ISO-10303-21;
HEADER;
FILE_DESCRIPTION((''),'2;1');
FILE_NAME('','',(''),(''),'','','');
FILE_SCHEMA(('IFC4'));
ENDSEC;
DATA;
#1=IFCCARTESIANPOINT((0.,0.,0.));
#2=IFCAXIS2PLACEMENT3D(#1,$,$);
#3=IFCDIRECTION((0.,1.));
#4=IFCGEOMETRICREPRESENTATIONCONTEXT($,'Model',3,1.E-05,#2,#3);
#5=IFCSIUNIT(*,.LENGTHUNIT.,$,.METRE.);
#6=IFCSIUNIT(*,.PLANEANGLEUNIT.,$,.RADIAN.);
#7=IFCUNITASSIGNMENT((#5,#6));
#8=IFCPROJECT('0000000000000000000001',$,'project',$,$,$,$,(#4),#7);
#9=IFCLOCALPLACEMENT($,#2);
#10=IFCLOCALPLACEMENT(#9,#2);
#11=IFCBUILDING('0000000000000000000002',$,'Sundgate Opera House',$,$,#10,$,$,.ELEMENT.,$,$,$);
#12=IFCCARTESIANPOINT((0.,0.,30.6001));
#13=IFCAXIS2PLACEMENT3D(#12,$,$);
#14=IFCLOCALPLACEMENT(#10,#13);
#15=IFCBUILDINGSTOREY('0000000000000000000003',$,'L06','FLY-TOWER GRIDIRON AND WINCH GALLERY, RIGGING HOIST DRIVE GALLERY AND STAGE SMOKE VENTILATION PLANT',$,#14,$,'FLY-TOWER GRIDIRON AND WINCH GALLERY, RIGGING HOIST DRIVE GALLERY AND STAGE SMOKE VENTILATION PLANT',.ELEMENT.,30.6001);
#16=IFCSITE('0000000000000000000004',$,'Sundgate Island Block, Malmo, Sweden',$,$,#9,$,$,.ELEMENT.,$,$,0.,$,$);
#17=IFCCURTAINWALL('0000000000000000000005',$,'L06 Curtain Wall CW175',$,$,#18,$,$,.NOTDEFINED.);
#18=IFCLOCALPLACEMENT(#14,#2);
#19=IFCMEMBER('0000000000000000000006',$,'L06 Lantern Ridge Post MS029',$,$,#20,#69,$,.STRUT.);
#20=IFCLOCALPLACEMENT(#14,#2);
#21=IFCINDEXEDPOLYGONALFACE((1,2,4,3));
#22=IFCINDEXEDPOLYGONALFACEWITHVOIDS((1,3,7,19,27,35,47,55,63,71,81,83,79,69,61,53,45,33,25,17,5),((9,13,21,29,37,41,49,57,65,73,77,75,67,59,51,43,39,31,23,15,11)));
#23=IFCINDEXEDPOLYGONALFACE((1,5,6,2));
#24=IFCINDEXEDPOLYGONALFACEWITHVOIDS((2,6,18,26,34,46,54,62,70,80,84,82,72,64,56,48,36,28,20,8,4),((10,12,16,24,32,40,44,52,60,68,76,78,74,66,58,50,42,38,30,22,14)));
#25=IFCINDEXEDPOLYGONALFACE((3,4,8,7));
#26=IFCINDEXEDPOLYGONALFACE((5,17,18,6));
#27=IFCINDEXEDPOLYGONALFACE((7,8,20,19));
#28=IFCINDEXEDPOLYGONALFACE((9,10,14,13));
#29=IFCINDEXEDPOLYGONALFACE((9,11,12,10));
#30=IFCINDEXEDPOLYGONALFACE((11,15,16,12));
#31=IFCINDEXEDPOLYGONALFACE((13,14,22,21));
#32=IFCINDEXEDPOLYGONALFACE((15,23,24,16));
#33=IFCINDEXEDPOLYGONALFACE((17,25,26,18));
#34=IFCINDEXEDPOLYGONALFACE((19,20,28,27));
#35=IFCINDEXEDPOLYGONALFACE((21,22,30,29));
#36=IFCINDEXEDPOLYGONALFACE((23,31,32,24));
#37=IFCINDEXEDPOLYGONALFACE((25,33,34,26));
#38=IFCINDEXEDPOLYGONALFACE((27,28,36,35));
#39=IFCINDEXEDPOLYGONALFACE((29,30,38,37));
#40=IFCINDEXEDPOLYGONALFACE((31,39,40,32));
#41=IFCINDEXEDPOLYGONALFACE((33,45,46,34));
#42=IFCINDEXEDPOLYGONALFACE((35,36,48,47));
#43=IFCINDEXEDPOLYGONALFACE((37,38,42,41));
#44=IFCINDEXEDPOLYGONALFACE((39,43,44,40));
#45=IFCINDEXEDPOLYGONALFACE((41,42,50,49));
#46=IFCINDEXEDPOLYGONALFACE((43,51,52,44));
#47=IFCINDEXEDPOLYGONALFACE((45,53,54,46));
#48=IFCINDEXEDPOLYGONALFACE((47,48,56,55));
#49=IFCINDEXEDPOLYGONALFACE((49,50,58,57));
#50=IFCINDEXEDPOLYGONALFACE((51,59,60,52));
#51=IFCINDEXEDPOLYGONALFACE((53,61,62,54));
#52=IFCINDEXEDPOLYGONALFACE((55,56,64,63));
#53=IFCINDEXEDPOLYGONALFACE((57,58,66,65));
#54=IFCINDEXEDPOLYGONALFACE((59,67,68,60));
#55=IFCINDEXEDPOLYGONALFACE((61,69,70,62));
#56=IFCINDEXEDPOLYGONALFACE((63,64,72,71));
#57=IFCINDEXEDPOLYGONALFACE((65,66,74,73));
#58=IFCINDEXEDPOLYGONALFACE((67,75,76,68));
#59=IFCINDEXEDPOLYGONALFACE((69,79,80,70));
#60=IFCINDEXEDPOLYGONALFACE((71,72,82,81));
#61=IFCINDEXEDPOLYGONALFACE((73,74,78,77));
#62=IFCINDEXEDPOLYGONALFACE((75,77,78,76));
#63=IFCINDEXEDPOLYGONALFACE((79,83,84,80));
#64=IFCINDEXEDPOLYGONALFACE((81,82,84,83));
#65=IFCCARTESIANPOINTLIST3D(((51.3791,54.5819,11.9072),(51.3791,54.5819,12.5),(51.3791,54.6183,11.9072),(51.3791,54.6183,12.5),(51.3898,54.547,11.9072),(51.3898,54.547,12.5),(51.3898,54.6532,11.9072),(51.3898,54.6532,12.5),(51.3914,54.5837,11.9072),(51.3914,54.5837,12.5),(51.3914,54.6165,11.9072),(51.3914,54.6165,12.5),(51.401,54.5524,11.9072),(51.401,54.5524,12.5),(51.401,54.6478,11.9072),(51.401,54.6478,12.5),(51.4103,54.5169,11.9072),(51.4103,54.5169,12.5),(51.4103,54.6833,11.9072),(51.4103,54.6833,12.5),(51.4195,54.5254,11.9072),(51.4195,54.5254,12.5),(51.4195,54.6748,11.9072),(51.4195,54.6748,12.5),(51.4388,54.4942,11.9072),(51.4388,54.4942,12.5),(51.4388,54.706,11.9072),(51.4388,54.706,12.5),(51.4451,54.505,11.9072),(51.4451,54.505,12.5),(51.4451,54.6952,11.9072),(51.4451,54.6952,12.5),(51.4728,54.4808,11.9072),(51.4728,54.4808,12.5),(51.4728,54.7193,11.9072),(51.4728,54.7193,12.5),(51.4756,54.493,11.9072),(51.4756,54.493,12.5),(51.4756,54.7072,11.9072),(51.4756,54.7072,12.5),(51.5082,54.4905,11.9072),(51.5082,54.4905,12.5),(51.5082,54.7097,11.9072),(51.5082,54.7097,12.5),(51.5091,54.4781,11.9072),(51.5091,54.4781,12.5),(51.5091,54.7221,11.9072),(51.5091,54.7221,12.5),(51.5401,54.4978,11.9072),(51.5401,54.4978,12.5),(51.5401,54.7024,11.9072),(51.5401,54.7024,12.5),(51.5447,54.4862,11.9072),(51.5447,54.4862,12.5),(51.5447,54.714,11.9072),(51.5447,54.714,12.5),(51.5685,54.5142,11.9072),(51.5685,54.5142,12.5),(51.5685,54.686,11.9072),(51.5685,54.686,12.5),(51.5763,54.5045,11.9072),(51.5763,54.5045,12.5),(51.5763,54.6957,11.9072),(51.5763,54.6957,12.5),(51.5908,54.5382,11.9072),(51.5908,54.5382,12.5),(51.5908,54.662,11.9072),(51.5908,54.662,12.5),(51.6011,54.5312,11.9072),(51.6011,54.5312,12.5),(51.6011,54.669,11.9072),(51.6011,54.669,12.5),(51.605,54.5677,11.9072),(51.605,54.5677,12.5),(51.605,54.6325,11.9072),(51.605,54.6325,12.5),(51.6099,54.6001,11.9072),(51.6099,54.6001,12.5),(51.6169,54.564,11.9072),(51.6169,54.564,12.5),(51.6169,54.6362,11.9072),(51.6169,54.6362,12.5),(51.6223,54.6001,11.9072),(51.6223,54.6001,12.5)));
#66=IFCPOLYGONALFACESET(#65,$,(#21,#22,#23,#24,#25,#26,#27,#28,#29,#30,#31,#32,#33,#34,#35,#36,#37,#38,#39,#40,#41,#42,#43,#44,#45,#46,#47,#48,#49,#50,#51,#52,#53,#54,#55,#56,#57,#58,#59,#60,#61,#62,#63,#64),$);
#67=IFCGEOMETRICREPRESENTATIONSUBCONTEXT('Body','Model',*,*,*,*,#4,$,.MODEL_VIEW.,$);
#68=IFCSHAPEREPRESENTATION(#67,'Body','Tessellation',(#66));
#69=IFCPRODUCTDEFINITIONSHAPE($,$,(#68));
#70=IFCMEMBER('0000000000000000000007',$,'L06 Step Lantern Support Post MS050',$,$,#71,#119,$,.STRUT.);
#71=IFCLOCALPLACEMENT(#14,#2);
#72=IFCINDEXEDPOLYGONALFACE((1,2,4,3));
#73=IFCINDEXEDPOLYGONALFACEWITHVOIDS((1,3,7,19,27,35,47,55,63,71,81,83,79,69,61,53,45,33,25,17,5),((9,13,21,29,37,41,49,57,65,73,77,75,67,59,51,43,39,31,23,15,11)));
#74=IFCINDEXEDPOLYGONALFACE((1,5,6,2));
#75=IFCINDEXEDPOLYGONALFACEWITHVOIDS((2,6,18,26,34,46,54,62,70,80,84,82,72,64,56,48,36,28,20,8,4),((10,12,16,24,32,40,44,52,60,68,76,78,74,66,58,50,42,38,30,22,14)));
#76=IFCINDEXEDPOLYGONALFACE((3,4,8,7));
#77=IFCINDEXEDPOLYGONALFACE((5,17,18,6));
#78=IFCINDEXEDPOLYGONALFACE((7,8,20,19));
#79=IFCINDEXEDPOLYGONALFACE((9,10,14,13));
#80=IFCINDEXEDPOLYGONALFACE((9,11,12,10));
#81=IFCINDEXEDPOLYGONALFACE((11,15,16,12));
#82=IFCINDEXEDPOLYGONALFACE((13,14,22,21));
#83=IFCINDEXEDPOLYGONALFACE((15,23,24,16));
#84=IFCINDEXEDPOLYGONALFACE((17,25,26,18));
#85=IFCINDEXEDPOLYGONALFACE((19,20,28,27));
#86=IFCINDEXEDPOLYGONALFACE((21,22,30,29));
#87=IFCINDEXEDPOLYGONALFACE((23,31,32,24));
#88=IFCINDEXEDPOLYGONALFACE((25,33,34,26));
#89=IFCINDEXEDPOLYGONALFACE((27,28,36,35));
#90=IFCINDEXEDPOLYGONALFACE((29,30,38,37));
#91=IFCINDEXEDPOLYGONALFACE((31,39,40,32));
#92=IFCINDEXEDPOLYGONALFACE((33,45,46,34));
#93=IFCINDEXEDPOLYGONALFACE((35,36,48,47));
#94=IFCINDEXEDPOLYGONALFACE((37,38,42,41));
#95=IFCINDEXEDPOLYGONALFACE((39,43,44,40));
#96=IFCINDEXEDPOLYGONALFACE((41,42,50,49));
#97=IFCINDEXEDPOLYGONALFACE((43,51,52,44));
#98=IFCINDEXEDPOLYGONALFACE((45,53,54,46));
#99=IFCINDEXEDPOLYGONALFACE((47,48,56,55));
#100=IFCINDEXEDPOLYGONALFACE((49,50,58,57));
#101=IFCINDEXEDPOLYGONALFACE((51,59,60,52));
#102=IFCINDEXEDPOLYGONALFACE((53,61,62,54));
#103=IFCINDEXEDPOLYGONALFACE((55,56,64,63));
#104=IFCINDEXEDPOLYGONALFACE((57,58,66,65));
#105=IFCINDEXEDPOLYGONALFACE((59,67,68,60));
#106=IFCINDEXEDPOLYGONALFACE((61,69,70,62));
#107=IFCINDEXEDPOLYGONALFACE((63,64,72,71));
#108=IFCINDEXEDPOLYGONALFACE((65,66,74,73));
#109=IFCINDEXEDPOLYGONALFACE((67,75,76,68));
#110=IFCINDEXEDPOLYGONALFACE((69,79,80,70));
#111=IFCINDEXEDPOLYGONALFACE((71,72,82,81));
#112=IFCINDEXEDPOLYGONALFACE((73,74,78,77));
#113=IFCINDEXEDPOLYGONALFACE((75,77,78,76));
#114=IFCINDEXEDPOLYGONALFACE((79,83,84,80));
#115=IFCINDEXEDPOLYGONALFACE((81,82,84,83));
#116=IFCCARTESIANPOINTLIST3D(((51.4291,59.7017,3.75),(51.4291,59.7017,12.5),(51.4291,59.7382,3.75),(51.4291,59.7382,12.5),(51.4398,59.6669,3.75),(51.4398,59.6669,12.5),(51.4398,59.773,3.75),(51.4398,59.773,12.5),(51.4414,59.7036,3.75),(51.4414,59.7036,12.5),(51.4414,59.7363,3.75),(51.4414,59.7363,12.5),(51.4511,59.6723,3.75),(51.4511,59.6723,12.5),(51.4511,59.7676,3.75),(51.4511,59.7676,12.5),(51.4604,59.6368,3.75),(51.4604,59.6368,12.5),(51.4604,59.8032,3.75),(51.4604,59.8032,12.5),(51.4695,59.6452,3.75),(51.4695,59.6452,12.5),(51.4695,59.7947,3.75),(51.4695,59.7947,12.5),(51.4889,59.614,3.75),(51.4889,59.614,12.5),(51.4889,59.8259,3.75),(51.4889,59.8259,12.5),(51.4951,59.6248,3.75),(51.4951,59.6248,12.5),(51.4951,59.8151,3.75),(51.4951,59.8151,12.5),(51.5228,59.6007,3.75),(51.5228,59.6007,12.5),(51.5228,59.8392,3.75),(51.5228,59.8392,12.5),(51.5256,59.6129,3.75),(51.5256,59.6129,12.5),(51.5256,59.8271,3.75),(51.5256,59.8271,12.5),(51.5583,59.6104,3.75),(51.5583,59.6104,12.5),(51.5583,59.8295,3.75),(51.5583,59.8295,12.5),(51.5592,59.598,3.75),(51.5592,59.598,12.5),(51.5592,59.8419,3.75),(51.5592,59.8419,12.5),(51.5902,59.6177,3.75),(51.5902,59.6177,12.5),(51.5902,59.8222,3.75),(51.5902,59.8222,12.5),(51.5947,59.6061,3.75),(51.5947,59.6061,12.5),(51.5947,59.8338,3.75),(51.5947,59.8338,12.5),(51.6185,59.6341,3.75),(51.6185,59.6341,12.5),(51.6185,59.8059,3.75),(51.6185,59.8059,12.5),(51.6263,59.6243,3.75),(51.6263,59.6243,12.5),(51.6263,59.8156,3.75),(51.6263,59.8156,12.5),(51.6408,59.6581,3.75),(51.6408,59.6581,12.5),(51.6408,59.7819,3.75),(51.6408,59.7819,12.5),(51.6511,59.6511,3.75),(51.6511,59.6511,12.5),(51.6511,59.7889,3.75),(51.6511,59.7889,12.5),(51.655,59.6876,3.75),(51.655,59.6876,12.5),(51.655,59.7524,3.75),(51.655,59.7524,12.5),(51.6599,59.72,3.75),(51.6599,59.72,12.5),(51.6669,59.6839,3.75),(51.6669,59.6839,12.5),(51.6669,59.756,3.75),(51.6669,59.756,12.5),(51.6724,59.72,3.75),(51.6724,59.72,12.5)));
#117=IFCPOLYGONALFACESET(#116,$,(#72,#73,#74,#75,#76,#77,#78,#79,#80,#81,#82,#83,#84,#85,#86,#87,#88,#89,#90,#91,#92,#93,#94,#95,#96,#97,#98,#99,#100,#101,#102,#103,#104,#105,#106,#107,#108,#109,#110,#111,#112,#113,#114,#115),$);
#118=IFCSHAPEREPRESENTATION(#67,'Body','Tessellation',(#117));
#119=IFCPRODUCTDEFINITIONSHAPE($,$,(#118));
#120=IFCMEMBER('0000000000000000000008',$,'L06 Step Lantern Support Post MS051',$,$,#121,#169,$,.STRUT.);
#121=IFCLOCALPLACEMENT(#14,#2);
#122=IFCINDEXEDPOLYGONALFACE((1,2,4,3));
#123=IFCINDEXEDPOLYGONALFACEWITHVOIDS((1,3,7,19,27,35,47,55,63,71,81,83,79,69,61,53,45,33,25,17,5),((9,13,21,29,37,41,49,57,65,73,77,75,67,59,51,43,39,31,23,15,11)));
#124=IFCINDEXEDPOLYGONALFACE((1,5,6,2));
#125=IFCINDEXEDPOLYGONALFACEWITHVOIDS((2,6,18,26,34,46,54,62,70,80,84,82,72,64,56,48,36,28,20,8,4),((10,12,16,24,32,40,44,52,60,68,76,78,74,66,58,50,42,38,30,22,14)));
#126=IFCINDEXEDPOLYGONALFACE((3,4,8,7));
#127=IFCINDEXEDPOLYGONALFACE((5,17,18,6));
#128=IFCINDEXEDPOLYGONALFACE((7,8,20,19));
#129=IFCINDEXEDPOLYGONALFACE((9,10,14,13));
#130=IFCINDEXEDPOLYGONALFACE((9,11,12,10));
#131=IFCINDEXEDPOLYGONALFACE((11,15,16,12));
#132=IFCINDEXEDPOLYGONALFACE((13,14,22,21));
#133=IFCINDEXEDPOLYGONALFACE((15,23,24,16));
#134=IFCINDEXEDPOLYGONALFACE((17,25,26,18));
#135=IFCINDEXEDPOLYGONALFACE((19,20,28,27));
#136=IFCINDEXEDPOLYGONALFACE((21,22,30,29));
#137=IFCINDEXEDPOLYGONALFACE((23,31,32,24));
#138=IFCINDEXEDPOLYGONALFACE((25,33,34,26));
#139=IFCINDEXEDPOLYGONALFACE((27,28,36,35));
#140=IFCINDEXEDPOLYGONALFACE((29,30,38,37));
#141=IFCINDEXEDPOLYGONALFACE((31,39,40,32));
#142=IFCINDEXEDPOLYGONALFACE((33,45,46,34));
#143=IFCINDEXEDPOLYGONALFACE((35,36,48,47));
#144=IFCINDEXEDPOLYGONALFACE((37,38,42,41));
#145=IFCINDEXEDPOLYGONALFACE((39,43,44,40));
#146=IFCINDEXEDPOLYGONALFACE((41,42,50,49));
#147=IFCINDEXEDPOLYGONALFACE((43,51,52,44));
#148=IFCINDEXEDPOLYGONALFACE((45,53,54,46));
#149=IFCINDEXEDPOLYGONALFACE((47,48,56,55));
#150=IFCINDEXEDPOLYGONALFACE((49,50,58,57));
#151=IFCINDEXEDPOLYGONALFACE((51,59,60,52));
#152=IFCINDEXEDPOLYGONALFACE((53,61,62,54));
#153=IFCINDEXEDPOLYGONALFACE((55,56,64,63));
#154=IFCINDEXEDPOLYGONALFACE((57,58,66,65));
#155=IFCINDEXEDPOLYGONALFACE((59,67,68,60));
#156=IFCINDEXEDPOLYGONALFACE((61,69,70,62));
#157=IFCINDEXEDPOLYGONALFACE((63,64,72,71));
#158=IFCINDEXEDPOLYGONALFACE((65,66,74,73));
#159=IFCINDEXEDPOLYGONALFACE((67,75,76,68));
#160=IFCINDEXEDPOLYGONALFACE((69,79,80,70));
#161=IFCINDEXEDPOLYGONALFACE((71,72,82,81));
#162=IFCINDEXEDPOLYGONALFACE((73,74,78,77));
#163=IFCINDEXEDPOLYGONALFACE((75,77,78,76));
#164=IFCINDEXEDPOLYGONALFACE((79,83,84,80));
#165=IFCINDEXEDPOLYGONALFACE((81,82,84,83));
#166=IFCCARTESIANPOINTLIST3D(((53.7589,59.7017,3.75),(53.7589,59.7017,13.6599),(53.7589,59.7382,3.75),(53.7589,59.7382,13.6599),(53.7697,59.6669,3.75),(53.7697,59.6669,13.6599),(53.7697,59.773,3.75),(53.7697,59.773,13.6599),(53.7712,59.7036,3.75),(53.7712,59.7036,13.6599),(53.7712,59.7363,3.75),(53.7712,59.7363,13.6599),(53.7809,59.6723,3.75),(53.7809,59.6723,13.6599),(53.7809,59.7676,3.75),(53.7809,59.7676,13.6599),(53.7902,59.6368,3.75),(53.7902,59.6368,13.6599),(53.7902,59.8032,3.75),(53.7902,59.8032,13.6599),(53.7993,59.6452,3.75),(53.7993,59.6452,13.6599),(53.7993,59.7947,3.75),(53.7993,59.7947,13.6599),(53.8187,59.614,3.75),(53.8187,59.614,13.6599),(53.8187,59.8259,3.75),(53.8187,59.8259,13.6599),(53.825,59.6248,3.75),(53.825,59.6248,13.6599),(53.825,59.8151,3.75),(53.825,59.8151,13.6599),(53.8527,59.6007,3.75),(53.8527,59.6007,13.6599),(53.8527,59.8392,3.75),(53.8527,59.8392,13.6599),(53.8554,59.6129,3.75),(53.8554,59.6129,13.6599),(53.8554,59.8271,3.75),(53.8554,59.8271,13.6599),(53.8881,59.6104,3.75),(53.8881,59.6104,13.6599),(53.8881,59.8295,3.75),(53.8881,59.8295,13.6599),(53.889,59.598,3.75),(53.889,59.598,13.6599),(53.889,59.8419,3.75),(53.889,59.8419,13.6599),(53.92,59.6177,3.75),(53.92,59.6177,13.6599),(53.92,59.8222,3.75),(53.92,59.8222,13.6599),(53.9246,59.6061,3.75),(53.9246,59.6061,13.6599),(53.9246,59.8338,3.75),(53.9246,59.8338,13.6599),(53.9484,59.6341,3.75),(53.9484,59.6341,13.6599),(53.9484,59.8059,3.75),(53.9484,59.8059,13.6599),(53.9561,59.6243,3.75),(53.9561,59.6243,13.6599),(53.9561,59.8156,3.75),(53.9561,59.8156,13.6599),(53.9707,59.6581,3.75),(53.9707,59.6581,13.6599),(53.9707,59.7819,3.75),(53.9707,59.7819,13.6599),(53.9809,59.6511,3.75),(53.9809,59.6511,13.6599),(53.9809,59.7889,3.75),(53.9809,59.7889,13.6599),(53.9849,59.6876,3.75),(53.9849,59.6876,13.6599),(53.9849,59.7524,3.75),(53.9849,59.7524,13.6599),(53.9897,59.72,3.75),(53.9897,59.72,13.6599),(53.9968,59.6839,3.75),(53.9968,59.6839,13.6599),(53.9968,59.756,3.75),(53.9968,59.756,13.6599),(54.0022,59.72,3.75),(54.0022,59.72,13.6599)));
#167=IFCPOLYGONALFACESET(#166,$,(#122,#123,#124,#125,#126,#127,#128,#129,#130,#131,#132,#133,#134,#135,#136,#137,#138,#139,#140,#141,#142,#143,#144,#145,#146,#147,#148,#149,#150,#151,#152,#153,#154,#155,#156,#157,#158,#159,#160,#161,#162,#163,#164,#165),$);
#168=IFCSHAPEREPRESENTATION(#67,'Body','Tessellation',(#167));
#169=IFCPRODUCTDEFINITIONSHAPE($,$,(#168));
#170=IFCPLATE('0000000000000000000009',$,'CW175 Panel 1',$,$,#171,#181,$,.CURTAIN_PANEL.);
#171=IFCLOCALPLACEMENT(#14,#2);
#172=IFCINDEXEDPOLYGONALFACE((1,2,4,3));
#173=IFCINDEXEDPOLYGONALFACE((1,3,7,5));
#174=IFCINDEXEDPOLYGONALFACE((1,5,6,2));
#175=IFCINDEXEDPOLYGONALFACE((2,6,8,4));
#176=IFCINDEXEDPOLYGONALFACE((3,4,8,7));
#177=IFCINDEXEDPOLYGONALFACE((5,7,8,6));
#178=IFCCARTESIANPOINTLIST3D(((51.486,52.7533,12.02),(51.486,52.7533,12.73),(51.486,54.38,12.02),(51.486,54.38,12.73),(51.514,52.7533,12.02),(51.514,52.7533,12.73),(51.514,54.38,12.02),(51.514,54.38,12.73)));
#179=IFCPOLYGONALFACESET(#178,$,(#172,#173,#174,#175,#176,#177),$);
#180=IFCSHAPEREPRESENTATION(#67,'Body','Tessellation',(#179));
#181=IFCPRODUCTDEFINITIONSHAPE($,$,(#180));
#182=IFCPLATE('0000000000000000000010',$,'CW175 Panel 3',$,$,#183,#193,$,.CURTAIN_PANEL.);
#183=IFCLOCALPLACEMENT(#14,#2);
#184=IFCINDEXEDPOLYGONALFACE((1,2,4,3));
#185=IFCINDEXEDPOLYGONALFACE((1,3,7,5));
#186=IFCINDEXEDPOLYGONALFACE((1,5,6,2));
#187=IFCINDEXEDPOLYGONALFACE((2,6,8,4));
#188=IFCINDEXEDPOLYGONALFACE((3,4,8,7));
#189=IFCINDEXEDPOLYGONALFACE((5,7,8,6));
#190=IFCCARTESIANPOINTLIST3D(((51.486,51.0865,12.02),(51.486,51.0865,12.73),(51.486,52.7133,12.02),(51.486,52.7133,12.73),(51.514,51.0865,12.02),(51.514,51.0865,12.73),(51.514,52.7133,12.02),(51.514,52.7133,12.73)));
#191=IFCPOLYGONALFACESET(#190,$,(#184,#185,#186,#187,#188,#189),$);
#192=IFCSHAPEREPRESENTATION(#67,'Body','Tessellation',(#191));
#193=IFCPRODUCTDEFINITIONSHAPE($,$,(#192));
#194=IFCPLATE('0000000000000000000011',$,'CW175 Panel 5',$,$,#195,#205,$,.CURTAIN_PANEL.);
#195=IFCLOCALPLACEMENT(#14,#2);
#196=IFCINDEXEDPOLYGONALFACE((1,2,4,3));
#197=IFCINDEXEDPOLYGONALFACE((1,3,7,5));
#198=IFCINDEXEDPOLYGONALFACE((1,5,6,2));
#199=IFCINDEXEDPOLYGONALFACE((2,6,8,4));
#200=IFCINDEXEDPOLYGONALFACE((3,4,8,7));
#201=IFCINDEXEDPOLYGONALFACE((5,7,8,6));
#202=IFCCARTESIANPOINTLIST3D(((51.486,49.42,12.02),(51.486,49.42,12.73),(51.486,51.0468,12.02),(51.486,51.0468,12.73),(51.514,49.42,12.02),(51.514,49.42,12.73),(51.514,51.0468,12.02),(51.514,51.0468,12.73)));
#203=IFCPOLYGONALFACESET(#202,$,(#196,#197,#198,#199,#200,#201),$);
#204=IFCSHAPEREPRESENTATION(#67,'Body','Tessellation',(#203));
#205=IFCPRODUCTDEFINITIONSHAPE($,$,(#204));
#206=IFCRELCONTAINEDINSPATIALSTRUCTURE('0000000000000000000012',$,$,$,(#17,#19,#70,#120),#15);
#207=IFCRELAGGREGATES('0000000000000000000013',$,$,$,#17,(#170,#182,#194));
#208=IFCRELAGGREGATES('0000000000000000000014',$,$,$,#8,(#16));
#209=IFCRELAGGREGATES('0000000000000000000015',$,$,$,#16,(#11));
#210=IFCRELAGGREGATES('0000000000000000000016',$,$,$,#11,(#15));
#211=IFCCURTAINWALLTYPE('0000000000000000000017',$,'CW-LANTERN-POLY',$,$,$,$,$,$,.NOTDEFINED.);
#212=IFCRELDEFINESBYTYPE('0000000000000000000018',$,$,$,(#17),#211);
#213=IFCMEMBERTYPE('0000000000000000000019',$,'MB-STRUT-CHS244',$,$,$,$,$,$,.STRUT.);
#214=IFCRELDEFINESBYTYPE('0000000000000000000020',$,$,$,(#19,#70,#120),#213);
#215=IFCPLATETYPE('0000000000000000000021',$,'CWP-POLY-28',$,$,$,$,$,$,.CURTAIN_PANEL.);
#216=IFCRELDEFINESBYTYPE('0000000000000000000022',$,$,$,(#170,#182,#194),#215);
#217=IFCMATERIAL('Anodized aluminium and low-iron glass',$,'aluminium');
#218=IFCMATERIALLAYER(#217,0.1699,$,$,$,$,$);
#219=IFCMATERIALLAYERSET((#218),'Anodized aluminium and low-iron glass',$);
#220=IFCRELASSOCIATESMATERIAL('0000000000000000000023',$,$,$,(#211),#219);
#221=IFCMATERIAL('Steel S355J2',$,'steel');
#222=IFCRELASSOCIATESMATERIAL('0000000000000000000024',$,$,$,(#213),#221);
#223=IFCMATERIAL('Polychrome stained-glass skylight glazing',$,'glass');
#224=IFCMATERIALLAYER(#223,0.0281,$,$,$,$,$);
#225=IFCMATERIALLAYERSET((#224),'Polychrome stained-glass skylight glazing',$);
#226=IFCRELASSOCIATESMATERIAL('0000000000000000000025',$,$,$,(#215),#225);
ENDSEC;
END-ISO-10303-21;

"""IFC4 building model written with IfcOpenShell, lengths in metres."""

from ifc_helpers import new_model, si_unit, direction, frame, origin, origin_2d, place, context, subcontext, project, spatial, rectangle, hollow_circle, extrude, material, layer, layer_set, material_profile, profile_set, type_object, element, aggregate, save


model = new_model("IFC4")

# Units and contexts
model_context = context("Model", 3, precision=1e-05, world=origin(), true_north=direction((0.0, 1.0)))
body_context = subcontext(model_context, "Body", "Model", "MODEL_VIEW")
ifc_project = project(units=[si_unit("LENGTHUNIT", "METRE"), si_unit("PLANEANGLEUNIT", "RADIAN")], contexts=[model_context])

# Site, building, storey
site_placement = place(None, origin())
site = spatial("IfcSite", under=ifc_project, at=site_placement, Name="Sundgate Island Block, Malmo, Sweden", CompositionType="ELEMENT", RefElevation=0.0)
building_placement = place(site_placement, origin())
building = spatial("IfcBuilding", under=site, at=building_placement, Name="Sundgate Opera House", CompositionType="ELEMENT")
storey_placement = place(building_placement, frame((0.0, 0.0, 30.6001)))
storey = spatial("IfcBuildingStorey", under=building, at=storey_placement, Name="L06", Description="FLY-TOWER GRIDIRON AND WINCH GALLERY, RIGGING HOIST DRIVE GALLERY AND STAGE SMOKE VENTILATION PLANT", LongName="FLY-TOWER GRIDIRON AND WINCH GALLERY, RIGGING HOIST DRIVE GALLERY AND STAGE SMOKE VENTILATION PLANT", CompositionType="ELEMENT", Elevation=30.6001)

# Curtain wall
ifc_material_1 = material(Name="Anodized aluminium and low-iron glass", Category="aluminium")
ifc_layer_1 = layer(ifc_material_1, 0.1699)
ifc_layer_set_1 = layer_set([ifc_layer_1], Name="Anodized aluminium and low-iron glass")
curtain_wall_type = type_object("IfcCurtainWallType", Name="CW-LANTERN-POLY", PredefinedType="NOTDEFINED", material=ifc_layer_set_1)
curtain_wall_1_placement = place(storey_placement, origin())
curtain_wall_1 = element("IfcCurtainWall", 1, at=curtain_wall_1_placement, inside=storey, type_object=curtain_wall_type, Name="L06 Curtain Wall CW175", PredefinedType="NOTDEFINED")

# Members
ifc_material_2 = material(Name="Steel S355J2", Category="steel")
ifc_material_profile_1 = material_profile(ifc_material_2, hollow_circle(Radius=0.1223, WallThickness=0.0125, at=origin_2d()), Name="CHS 244.5x12.5")
ifc_profile_set_1 = profile_set([ifc_material_profile_1], Name="Steel S355J2")
member_type_1 = type_object("IfcMemberType", Name="MB-STRUT-CHS244", PredefinedType="STRUT", material=ifc_profile_set_1)
for number, where, z_axis, x_axis, name in (
    (2, (51.5, 54.6001, 11.9072), (0.0, 0.0, 1.0), (1.0, 0.0, 0.0), "L06 Lantern Ridge Post MS029"),
):
    element("IfcMember", number, at=place(storey_placement, frame(where, z_axis=z_axis, x_axis=x_axis)), inside=storey, type_object=member_type_1, Name=name, PredefinedType="STRUT", context=body_context, shape_type="SweptSolid", body=[
        extrude(hollow_circle(Radius=0.1223, WallThickness=0.0125, at=origin_2d()), origin(), (0.0, 0.0, 1.0), 0.5928),
    ])
member_1_placement = place(storey_placement, frame((51.55, 59.72, 3.75), z_axis=(0.0, 0.0, 1.0), x_axis=(1.0, 0.0, 0.0)))
element("IfcMember", 3, at=member_1_placement, inside=storey, type_object=member_type_1, Name="L06 Step Lantern Support Post MS050", PredefinedType="STRUT", context=body_context, shape_type="SweptSolid", body=[
    extrude(hollow_circle(Radius=0.1223, WallThickness=0.0125, at=origin_2d()), origin(), (0.0, 0.0, 1.0), 8.75),
])
member_2_placement = place(storey_placement, frame((53.8799, 59.72, 3.75), z_axis=(0.0, 0.0, 1.0), x_axis=(1.0, 0.0, 0.0)))
element("IfcMember", 4, at=member_2_placement, inside=storey, type_object=member_type_1, Name="L06 Step Lantern Support Post MS051", PredefinedType="STRUT", context=body_context, shape_type="SweptSolid", body=[
    extrude(hollow_circle(Radius=0.1223, WallThickness=0.0125, at=origin_2d()), origin(), (0.0, 0.0, 1.0), 9.9099),
])

# Plates
ifc_material_3 = material(Name="Polychrome stained-glass skylight glazing", Category="glass")
ifc_layer_2 = layer(ifc_material_3, 0.0281)
ifc_layer_set_2 = layer_set([ifc_layer_2], Name="Polychrome stained-glass skylight glazing")
plate_type_1 = type_object("IfcPlateType", Name="CWP-POLY-28", PredefinedType="CURTAIN_PANEL", material=ifc_layer_set_2)
plate_1_placement = place(storey_placement, frame((51.5, 53.5667, 12.02), z_axis=(0.0, 0.0, 1.0), x_axis=(0.0, -1.0, 0.0)))
plate_1 = element("IfcPlate", 5, at=plate_1_placement, type_object=plate_type_1, Name="CW175 Panel 1", PredefinedType="CURTAIN_PANEL", context=body_context, shape_type="SweptSolid", body=[
    extrude(rectangle(XDim=1.6267, YDim=0.0281, at=origin_2d()), origin(), (0.0, 0.0, 1.0), 0.71),
])
plate_2_placement = place(storey_placement, frame((51.5, 51.8999, 12.02), z_axis=(0.0, 0.0, 1.0), x_axis=(0.0, -1.0, 0.0)))
plate_2 = element("IfcPlate", 6, at=plate_2_placement, type_object=plate_type_1, Name="CW175 Panel 3", PredefinedType="CURTAIN_PANEL", context=body_context, shape_type="SweptSolid", body=[
    extrude(rectangle(XDim=1.6267, YDim=0.0281, at=origin_2d()), origin(), (0.0, 0.0, 1.0), 0.71),
])
plate_3_placement = place(storey_placement, frame((51.5, 50.2334, 12.02), z_axis=(0.0, 0.0, 1.0), x_axis=(0.0, -1.0, 0.0)))
plate_3 = element("IfcPlate", 7, at=plate_3_placement, type_object=plate_type_1, Name="CW175 Panel 5", PredefinedType="CURTAIN_PANEL", context=body_context, shape_type="SweptSolid", body=[
    extrude(rectangle(XDim=1.6267, YDim=0.0281, at=origin_2d()), origin(), (0.0, 0.0, 1.0), 0.71),
])
aggregate(curtain_wall_1, [plate_1, plate_2, plate_3])

save(model, "model.ifc")
